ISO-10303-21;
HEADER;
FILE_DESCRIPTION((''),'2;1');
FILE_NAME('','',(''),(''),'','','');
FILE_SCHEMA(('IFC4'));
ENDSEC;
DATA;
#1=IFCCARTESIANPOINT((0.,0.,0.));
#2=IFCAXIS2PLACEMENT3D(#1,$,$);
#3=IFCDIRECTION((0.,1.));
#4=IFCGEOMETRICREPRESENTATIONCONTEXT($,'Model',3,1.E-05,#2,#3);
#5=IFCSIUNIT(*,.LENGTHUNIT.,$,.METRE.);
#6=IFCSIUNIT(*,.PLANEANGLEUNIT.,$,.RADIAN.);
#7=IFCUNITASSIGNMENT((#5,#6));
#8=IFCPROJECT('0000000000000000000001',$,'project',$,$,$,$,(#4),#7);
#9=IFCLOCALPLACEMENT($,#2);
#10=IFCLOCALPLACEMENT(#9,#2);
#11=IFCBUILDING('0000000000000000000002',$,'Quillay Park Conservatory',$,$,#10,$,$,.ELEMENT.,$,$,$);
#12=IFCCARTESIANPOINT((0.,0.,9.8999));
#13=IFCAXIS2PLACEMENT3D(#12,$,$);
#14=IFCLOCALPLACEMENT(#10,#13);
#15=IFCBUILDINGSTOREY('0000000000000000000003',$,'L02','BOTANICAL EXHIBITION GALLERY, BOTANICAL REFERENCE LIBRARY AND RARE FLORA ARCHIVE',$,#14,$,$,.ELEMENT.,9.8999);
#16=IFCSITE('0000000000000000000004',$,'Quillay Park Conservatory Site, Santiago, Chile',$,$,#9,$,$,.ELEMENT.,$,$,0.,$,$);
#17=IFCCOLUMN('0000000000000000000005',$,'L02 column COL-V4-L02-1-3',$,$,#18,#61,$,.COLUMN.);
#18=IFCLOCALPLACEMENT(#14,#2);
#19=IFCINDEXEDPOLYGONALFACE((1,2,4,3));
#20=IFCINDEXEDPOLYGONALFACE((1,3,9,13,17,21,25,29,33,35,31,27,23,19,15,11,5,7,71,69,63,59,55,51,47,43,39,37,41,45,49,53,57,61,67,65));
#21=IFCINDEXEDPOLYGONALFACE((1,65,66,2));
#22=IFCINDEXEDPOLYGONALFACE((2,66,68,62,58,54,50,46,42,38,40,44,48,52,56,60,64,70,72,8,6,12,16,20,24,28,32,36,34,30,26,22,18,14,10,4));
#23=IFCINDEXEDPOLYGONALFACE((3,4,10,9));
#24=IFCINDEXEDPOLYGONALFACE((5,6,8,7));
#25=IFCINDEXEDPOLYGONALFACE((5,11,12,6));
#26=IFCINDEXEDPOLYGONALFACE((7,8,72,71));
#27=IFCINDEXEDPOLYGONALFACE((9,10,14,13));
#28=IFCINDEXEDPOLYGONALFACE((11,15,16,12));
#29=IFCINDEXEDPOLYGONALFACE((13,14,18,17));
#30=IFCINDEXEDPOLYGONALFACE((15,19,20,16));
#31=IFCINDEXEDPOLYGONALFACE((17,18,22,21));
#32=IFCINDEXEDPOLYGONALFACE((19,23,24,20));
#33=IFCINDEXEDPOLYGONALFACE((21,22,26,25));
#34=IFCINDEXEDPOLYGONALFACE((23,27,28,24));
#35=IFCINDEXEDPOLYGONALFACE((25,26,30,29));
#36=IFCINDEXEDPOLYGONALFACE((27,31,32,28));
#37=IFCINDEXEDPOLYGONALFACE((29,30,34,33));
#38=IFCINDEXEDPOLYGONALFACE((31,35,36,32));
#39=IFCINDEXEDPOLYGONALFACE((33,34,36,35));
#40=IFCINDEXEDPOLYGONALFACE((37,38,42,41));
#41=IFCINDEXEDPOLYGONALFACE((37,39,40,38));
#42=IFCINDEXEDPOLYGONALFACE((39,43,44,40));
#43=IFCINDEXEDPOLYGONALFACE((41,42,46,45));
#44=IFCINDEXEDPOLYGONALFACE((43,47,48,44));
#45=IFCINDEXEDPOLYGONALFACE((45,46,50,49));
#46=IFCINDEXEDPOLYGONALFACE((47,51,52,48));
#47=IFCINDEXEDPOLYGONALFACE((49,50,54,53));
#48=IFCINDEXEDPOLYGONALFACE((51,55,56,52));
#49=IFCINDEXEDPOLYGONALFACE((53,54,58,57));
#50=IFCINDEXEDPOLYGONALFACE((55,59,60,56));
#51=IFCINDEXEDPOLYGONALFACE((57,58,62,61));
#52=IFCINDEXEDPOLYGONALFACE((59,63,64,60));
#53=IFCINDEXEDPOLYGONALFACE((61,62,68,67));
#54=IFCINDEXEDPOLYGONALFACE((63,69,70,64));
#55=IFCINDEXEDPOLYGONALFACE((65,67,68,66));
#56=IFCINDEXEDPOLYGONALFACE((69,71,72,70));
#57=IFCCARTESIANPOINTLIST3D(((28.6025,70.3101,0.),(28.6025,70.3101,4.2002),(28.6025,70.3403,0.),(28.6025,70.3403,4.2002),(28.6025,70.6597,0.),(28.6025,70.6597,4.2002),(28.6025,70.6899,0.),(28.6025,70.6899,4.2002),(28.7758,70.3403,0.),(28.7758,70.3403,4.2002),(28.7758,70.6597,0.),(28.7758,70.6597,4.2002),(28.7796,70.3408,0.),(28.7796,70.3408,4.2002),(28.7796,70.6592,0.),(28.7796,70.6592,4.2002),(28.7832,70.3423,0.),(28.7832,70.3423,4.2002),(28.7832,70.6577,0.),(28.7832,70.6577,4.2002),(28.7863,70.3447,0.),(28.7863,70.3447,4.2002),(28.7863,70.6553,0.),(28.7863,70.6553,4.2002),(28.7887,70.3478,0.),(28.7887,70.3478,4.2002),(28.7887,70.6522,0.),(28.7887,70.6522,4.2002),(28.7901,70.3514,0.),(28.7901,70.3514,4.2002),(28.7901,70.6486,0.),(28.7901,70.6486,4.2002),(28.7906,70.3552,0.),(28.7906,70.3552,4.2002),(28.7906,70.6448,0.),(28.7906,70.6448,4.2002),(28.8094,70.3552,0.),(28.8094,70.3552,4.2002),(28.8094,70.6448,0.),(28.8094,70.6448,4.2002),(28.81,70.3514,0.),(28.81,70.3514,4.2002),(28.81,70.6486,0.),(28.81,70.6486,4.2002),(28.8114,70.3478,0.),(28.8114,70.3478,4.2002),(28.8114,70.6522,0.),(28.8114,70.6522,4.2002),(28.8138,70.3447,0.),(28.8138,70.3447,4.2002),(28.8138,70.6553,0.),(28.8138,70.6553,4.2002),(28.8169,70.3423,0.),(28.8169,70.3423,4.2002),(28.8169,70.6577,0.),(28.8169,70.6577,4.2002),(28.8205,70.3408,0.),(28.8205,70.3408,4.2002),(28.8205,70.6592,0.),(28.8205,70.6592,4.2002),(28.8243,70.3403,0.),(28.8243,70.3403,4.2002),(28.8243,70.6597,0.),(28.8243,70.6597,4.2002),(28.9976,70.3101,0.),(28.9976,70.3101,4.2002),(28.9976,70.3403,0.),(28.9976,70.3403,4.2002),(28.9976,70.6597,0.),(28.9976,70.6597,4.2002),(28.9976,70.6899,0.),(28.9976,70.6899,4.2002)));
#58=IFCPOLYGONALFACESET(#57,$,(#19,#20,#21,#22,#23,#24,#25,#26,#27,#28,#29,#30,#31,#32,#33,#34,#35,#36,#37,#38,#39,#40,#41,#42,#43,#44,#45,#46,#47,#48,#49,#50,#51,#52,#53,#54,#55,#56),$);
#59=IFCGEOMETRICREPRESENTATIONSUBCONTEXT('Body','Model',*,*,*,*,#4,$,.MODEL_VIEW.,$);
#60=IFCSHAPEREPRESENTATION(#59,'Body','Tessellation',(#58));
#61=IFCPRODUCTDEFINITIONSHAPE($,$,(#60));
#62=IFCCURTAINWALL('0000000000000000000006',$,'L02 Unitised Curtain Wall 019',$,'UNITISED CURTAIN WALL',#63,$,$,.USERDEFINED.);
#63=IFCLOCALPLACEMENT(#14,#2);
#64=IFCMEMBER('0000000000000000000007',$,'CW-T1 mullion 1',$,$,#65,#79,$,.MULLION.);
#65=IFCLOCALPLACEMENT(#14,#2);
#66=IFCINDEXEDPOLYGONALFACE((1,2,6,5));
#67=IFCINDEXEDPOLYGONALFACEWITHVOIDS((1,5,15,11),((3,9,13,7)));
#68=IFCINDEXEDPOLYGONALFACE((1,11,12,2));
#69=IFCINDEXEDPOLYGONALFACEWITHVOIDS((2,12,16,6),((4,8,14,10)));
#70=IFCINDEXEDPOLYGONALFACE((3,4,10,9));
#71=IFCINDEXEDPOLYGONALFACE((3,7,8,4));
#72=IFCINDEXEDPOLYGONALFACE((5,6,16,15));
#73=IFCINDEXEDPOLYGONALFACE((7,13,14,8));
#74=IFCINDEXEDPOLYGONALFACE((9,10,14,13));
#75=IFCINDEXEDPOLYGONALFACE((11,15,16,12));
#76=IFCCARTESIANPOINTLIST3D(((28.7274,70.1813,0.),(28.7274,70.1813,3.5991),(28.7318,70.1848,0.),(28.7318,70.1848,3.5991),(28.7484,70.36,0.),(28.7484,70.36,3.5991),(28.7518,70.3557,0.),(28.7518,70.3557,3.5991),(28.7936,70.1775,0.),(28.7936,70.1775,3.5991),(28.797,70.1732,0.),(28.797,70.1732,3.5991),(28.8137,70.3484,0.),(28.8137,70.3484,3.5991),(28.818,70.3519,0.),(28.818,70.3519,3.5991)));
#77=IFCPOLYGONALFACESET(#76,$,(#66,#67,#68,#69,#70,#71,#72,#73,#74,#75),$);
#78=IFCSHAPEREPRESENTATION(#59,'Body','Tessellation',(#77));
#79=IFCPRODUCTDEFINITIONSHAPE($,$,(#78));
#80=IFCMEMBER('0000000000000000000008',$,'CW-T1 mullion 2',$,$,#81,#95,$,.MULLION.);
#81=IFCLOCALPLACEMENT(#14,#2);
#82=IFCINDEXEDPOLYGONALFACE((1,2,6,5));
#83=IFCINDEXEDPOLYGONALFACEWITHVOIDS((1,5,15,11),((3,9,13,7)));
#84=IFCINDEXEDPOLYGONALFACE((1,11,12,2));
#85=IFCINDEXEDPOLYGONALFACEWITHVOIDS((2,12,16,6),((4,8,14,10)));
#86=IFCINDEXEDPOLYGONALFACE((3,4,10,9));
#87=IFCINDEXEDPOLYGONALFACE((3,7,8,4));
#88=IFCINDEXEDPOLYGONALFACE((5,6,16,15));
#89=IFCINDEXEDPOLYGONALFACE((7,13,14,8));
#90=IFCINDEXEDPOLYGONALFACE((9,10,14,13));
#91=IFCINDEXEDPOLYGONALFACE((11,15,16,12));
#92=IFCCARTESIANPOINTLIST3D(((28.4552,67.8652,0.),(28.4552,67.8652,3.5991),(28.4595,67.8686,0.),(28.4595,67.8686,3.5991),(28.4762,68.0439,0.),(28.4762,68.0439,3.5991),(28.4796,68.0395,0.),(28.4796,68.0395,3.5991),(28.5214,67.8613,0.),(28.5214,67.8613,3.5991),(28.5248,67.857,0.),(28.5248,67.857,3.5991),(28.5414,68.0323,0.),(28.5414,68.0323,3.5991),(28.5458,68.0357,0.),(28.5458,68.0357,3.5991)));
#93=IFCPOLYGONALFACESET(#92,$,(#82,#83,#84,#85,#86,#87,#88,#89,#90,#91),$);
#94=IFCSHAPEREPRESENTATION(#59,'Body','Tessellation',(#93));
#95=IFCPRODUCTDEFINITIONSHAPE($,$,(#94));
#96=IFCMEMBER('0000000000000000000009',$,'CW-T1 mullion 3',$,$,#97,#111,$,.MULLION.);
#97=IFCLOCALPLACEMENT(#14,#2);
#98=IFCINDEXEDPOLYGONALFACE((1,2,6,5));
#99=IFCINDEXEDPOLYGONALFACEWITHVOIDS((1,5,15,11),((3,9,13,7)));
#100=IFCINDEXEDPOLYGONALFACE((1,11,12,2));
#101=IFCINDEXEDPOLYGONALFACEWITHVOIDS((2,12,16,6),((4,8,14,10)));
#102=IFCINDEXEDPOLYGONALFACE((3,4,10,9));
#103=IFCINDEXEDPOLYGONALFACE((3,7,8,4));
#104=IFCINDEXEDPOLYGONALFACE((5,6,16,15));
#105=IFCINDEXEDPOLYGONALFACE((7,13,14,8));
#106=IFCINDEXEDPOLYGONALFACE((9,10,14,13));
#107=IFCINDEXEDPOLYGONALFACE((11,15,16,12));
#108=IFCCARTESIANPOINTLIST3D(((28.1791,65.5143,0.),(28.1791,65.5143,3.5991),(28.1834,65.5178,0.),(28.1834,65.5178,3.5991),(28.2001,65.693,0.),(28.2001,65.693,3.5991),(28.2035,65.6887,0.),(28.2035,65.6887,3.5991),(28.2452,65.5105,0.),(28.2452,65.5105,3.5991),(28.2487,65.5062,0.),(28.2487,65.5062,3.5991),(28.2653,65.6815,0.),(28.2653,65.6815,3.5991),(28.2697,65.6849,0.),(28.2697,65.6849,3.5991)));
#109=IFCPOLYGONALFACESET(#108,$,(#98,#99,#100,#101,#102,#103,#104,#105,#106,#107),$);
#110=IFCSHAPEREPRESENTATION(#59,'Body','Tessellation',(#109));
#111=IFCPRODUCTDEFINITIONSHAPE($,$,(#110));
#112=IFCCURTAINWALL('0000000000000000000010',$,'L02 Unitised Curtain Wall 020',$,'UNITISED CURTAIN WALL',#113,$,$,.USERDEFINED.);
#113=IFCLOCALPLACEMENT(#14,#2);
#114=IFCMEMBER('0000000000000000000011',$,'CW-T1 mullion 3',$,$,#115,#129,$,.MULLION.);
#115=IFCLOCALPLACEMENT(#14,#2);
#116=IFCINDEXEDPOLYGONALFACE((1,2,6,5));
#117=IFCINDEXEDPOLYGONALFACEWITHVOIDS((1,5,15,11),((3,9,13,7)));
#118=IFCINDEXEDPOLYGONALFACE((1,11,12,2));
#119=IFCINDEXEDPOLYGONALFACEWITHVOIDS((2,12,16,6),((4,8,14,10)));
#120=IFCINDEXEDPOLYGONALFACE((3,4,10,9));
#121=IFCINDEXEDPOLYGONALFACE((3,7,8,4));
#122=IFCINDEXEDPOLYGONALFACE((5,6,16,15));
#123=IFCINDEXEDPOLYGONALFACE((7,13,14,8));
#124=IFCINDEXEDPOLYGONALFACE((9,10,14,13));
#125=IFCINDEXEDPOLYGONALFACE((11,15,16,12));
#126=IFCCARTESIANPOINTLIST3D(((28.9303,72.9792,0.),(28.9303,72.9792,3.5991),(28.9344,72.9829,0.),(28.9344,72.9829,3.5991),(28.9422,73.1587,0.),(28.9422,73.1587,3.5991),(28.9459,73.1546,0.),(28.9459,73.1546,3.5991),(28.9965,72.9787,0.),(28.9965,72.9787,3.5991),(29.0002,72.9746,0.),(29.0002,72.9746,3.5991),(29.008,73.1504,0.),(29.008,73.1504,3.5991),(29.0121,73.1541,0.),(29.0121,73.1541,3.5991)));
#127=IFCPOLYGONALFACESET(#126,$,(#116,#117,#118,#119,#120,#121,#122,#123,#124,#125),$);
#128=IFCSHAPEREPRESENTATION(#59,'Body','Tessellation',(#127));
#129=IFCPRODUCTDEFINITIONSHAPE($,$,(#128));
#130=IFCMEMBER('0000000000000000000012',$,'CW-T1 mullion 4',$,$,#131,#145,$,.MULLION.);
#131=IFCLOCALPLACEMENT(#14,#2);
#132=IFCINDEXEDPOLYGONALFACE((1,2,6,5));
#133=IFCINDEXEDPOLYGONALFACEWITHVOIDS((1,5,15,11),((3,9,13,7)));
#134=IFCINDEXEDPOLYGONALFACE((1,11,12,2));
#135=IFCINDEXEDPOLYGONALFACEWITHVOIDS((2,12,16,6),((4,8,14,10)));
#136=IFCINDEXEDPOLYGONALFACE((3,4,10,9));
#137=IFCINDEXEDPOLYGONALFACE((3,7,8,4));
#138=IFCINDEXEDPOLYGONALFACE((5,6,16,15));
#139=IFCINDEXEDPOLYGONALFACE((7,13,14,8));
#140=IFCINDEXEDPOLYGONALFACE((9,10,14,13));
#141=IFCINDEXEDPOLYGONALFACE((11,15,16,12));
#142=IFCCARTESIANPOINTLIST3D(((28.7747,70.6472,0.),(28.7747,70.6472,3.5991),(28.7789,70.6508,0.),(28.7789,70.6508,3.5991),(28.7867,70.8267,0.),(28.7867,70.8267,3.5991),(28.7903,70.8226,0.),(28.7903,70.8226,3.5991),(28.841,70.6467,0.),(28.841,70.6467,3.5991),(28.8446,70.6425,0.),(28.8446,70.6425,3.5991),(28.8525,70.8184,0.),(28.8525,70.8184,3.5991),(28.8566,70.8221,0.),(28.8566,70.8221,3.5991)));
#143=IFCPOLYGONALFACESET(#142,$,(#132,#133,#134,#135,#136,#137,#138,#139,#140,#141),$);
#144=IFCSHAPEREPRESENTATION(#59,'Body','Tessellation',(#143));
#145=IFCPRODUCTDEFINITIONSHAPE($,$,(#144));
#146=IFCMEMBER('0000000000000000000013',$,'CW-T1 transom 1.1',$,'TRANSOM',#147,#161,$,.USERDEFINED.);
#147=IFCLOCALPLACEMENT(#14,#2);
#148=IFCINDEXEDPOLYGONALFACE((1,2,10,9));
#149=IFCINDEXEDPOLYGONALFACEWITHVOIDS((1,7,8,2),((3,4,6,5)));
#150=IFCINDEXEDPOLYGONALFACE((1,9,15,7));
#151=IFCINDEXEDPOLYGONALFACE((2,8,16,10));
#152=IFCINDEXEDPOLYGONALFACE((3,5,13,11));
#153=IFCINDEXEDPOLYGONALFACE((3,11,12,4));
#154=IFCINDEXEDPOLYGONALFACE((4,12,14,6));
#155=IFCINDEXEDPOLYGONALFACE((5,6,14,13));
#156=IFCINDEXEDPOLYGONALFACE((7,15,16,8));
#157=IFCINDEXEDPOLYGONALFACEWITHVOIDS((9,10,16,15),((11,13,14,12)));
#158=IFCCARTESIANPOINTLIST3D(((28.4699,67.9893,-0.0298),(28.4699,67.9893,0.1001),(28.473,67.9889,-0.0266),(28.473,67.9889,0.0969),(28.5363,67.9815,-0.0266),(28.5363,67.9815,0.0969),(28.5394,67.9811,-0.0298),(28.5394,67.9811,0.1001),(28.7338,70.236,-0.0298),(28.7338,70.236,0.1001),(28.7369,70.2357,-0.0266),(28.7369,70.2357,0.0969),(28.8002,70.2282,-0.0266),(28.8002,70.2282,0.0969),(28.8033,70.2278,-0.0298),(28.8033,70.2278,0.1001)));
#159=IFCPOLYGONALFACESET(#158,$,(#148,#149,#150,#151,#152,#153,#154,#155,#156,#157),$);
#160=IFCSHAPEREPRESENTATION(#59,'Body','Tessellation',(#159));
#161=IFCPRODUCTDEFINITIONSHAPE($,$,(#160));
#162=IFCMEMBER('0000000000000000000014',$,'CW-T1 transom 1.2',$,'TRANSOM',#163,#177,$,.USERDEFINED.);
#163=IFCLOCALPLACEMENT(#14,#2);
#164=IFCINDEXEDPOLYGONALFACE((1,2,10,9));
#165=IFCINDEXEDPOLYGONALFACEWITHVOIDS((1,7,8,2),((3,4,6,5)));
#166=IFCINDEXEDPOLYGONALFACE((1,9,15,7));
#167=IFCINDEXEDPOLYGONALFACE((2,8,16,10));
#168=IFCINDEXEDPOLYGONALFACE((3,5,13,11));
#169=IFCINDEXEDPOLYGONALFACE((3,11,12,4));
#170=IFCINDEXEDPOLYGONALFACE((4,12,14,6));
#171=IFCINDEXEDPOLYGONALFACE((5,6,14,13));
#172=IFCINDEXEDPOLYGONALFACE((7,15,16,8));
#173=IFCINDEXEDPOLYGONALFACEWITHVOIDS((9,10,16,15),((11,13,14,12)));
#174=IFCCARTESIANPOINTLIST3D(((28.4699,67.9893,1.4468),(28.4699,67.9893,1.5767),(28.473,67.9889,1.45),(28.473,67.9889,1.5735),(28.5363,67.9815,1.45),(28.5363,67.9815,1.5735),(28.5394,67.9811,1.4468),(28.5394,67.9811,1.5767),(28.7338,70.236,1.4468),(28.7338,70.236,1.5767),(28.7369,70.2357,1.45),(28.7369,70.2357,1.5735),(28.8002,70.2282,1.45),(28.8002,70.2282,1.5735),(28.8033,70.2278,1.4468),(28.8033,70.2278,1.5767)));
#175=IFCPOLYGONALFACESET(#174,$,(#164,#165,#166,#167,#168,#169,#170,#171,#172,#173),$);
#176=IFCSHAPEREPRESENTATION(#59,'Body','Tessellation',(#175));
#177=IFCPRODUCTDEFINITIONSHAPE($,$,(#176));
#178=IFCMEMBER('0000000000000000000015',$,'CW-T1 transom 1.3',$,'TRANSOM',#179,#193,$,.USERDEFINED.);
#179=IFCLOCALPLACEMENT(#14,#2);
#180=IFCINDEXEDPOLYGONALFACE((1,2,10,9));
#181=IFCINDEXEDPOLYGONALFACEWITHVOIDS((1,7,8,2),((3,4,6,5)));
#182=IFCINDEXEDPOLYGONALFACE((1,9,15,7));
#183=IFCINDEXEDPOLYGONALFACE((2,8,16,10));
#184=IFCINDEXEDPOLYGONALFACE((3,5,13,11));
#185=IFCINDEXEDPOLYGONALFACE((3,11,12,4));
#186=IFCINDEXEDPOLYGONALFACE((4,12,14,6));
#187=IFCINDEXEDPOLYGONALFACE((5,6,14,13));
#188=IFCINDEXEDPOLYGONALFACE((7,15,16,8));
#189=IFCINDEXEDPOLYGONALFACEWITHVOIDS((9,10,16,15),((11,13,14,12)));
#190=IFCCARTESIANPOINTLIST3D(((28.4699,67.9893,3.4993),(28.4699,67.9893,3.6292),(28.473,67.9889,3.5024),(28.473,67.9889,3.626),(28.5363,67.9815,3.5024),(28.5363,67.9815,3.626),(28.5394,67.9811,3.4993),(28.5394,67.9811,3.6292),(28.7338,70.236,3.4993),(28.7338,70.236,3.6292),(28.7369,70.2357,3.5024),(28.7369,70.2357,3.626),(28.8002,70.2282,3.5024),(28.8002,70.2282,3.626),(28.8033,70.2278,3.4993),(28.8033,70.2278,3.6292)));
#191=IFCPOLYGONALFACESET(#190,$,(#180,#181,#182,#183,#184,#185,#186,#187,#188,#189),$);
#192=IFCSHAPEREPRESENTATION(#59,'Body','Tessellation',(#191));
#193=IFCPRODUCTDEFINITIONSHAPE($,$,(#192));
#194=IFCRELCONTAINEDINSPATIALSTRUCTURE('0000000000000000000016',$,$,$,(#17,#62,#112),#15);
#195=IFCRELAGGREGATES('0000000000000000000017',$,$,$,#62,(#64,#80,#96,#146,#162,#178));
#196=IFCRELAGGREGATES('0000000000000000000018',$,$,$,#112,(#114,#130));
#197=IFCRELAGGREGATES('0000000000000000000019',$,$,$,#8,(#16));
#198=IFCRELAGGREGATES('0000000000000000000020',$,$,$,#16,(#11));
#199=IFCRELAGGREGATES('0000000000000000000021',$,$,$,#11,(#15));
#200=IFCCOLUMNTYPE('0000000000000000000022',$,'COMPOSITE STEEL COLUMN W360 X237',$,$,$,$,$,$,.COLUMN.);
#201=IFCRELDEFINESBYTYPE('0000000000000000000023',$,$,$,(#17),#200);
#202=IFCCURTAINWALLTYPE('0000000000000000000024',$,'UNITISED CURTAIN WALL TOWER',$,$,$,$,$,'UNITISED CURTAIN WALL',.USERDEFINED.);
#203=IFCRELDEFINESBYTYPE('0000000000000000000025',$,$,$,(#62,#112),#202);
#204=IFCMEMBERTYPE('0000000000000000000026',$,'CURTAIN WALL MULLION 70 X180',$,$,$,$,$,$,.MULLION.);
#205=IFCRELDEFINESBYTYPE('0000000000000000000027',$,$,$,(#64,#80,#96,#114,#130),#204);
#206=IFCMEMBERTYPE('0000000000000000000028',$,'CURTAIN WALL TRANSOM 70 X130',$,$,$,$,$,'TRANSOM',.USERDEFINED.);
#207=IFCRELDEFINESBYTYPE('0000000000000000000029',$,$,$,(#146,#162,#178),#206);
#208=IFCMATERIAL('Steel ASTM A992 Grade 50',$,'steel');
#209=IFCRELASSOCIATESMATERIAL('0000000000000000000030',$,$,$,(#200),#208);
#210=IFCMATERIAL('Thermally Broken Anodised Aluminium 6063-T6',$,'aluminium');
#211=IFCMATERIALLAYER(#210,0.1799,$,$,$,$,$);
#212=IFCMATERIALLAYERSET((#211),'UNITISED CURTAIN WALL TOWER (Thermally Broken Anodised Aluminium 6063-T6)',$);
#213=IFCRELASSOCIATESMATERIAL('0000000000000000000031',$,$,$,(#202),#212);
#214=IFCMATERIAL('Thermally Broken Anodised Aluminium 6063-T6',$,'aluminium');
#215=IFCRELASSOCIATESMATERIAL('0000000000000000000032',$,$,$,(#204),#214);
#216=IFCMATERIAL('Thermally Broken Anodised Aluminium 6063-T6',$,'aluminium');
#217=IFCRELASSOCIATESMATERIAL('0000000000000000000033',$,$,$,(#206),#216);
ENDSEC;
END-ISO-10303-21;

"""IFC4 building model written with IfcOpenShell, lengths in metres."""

from ifc_helpers import new_model, si_unit, direction, frame, origin, origin_2d, place, context, subcontext, project, spatial, hollow_rectangle, i_section, extrude, material, layer, layer_set, material_profile, profile_set, type_object, element, aggregate, save


model = new_model("IFC4")

# Units and contexts
model_context = context("Model", 3, precision=1e-05, world=origin(), true_north=direction((0.0, 1.0)))
body_context = subcontext(model_context, "Body", "Model", "MODEL_VIEW")
ifc_project = project(units=[si_unit("LENGTHUNIT", "METRE"), si_unit("PLANEANGLEUNIT", "RADIAN")], contexts=[model_context])

# Site, building, storey
site_placement = place(None, origin())
site = spatial("IfcSite", under=ifc_project, at=site_placement, Name="Quillay Park Conservatory Site, Santiago, Chile", CompositionType="ELEMENT", RefElevation=0.0)
building_placement = place(site_placement, origin())
building = spatial("IfcBuilding", under=site, at=building_placement, Name="Quillay Park Conservatory", CompositionType="ELEMENT")
storey_placement = place(building_placement, frame((0.0, 0.0, 9.8999)))
storey = spatial("IfcBuildingStorey", under=building, at=storey_placement, Name="L02", Description="BOTANICAL EXHIBITION GALLERY, BOTANICAL REFERENCE LIBRARY AND RARE FLORA ARCHIVE", CompositionType="ELEMENT", Elevation=9.8999)

# Column
ifc_material_1 = material(Name="Steel ASTM A992 Grade 50", Category="steel")
ifc_material_profile_1 = material_profile(ifc_material_1, i_section(OverallWidth=0.395, OverallDepth=0.3799, WebThickness=0.0188, FlangeThickness=0.0303, FilletRadius=0.0149, at=origin_2d()), Name="W360x237")
ifc_profile_set_1 = profile_set([ifc_material_profile_1], Name="Steel ASTM A992 Grade 50")
column_type = type_object("IfcColumnType", Name="COMPOSITE STEEL COLUMN W360 X237", PredefinedType="COLUMN", material=ifc_profile_set_1)
column_placement = place(storey_placement, frame((28.8, 70.5, 0.0), z_axis=(0.0, 0.0, 1.0), x_axis=(1.0, 0.0, 0.0)))
element("IfcColumn", 1, at=column_placement, inside=storey, type_object=column_type, Name="L02 column COL-V4-L02-1-3", PredefinedType="COLUMN", context=body_context, shape_type="SweptSolid", body=[
    extrude(i_section(OverallWidth=0.395, OverallDepth=0.3799, WebThickness=0.0188, FlangeThickness=0.0303, FilletRadius=0.0149, at=origin_2d()), origin(), (0.0, 0.0, 1.0), 4.2002),
])

# Curtain walls, members
ifc_material_2 = material(Name="Thermally Broken Anodised Aluminium 6063-T6", Category="aluminium")
ifc_layer_1 = layer(ifc_material_2, 0.1799)
ifc_layer_set_1 = layer_set([ifc_layer_1], Name="UNITISED CURTAIN WALL TOWER (Thermally Broken Anodised Aluminium 6063-T6)")
curtain_wall_type = type_object("IfcCurtainWallType", Name="UNITISED CURTAIN WALL TOWER", ElementType="UNITISED CURTAIN WALL", PredefinedType="USERDEFINED", material=ifc_layer_set_1)
curtain_wall_1_placement = place(storey_placement, origin())
curtain_wall_1 = element("IfcCurtainWall", 2, at=curtain_wall_1_placement, inside=storey, type_object=curtain_wall_type, Name="L02 Unitised Curtain Wall 019", ObjectType="UNITISED CURTAIN WALL", PredefinedType="USERDEFINED")
ifc_material_3 = material(Name="Thermally Broken Anodised Aluminium 6063-T6", Category="aluminium")
ifc_material_profile_2 = material_profile(ifc_material_3, hollow_rectangle(XDim=0.0701, YDim=0.1799, WallThickness=0.0039, at=origin_2d()), Name="AL70x180x4")
ifc_profile_set_2 = profile_set([ifc_material_profile_2], Name="Thermally Broken Anodised Aluminium 6063-T6")
member_type_1 = type_object("IfcMemberType", Name="CURTAIN WALL MULLION 70 X180", PredefinedType="MULLION", material=ifc_profile_set_2)
member_1_placement = place(storey_placement, frame((28.7727, 70.2666, 0.0), z_axis=(0.0, 0.0, 1.0), x_axis=(0.993173, -0.116655, 0.0)))
member_1 = element("IfcMember", 3, at=member_1_placement, type_object=member_type_1, Name="CW-T1 mullion 1", PredefinedType="MULLION", context=body_context, shape_type="SweptSolid", body=[
    extrude(hollow_rectangle(XDim=0.0701, YDim=0.1799, WallThickness=0.0039, at=origin_2d()), origin(), (0.0, 0.0, 1.0), 3.5991),
])
member_2_placement = place(storey_placement, frame((28.5005, 67.9504, 0.0), z_axis=(0.0, 0.0, 1.0), x_axis=(0.993173, -0.116655, 0.0)))
member_2 = element("IfcMember", 4, at=member_2_placement, type_object=member_type_1, Name="CW-T1 mullion 2", PredefinedType="MULLION", context=body_context, shape_type="SweptSolid", body=[
    extrude(hollow_rectangle(XDim=0.0701, YDim=0.1799, WallThickness=0.0039, at=origin_2d()), origin(), (0.0, 0.0, 1.0), 3.5991),
])
member_3_placement = place(storey_placement, frame((28.2244, 65.5996, 0.0), z_axis=(0.0, 0.0, 1.0), x_axis=(0.993173, -0.116655, 0.0)))
member_3 = element("IfcMember", 5, at=member_3_placement, type_object=member_type_1, Name="CW-T1 mullion 3", PredefinedType="MULLION", context=body_context, shape_type="SweptSolid", body=[
    extrude(hollow_rectangle(XDim=0.0701, YDim=0.1799, WallThickness=0.0039, at=origin_2d()), origin(), (0.0, 0.0, 1.0), 3.5991),
])
curtain_wall_2_placement = place(storey_placement, origin())
curtain_wall_2 = element("IfcCurtainWall", 6, at=curtain_wall_2_placement, inside=storey, type_object=curtain_wall_type, Name="L02 Unitised Curtain Wall 020", ObjectType="UNITISED CURTAIN WALL", PredefinedType="USERDEFINED")
member_4_placement = place(storey_placement, frame((28.9712, 73.0667, 0.0), z_axis=(0.0, 0.0, 1.0), x_axis=(0.997785, -0.066521, 0.0)))
member_4 = element("IfcMember", 7, at=member_4_placement, type_object=member_type_1, Name="CW-T1 mullion 3", PredefinedType="MULLION", context=body_context, shape_type="SweptSolid", body=[
    extrude(hollow_rectangle(XDim=0.0701, YDim=0.1799, WallThickness=0.0039, at=origin_2d()), origin(), (0.0, 0.0, 1.0), 3.5991),
])
member_5_placement = place(storey_placement, frame((28.8157, 70.7346, 0.0), z_axis=(0.0, 0.0, 1.0), x_axis=(0.997785, -0.066521, 0.0)))
member_5 = element("IfcMember", 8, at=member_5_placement, type_object=member_type_1, Name="CW-T1 mullion 4", PredefinedType="MULLION", context=body_context, shape_type="SweptSolid", body=[
    extrude(hollow_rectangle(XDim=0.0701, YDim=0.1799, WallThickness=0.0039, at=origin_2d()), origin(), (0.0, 0.0, 1.0), 3.5991),
])

# Members
ifc_material_4 = material(Name="Thermally Broken Anodised Aluminium 6063-T6", Category="aluminium")
ifc_material_profile_3 = material_profile(ifc_material_4, hollow_rectangle(XDim=0.0701, YDim=0.1299, WallThickness=0.0032, at=origin_2d()), Name="AL70x130x3.2")
ifc_profile_set_3 = profile_set([ifc_material_profile_3], Name="Thermally Broken Anodised Aluminium 6063-T6")
member_type_2 = type_object("IfcMemberType", Name="CURTAIN WALL TRANSOM 70 X130", ElementType="TRANSOM", PredefinedType="USERDEFINED", material=ifc_profile_set_3)
member_6_placement = place(storey_placement, frame((28.7686, 70.2319, 0.0352), z_axis=(-0.11666, -0.993172, 0.0), x_axis=(0.993172, -0.11666, 0.0)))
member_6 = element("IfcMember", 9, at=member_6_placement, type_object=member_type_2, Name="CW-T1 transom 1.1", ObjectType="TRANSOM", PredefinedType="USERDEFINED", context=body_context, shape_type="SweptSolid", body=[
    extrude(hollow_rectangle(XDim=0.0701, YDim=0.1299, WallThickness=0.0032, at=origin_2d()), origin(), (0.0, 0.0, 1.0), 2.2622),
])
member_7_placement = place(storey_placement, frame((28.7686, 70.2319, 1.5117), z_axis=(-0.11666, -0.993172, 0.0), x_axis=(0.993172, -0.11666, 0.0)))
member_7 = element("IfcMember", 10, at=member_7_placement, type_object=member_type_2, Name="CW-T1 transom 1.2", ObjectType="TRANSOM", PredefinedType="USERDEFINED", context=body_context, shape_type="SweptSolid", body=[
    extrude(hollow_rectangle(XDim=0.0701, YDim=0.1299, WallThickness=0.0032, at=origin_2d()), origin(), (0.0, 0.0, 1.0), 2.2622),
])
member_8_placement = place(storey_placement, frame((28.7686, 70.2319, 3.5642), z_axis=(-0.11666, -0.993172, 0.0), x_axis=(0.993172, -0.11666, 0.0)))
member_8 = element("IfcMember", 11, at=member_8_placement, type_object=member_type_2, Name="CW-T1 transom 1.3", ObjectType="TRANSOM", PredefinedType="USERDEFINED", context=body_context, shape_type="SweptSolid", body=[
    extrude(hollow_rectangle(XDim=0.0701, YDim=0.1299, WallThickness=0.0032, at=origin_2d()), origin(), (0.0, 0.0, 1.0), 2.2622),
])

aggregate(curtain_wall_1, [member_1, member_2, member_3, member_6, member_7, member_8])
aggregate(curtain_wall_2, [member_4, member_5])

save(model, "model.ifc")
